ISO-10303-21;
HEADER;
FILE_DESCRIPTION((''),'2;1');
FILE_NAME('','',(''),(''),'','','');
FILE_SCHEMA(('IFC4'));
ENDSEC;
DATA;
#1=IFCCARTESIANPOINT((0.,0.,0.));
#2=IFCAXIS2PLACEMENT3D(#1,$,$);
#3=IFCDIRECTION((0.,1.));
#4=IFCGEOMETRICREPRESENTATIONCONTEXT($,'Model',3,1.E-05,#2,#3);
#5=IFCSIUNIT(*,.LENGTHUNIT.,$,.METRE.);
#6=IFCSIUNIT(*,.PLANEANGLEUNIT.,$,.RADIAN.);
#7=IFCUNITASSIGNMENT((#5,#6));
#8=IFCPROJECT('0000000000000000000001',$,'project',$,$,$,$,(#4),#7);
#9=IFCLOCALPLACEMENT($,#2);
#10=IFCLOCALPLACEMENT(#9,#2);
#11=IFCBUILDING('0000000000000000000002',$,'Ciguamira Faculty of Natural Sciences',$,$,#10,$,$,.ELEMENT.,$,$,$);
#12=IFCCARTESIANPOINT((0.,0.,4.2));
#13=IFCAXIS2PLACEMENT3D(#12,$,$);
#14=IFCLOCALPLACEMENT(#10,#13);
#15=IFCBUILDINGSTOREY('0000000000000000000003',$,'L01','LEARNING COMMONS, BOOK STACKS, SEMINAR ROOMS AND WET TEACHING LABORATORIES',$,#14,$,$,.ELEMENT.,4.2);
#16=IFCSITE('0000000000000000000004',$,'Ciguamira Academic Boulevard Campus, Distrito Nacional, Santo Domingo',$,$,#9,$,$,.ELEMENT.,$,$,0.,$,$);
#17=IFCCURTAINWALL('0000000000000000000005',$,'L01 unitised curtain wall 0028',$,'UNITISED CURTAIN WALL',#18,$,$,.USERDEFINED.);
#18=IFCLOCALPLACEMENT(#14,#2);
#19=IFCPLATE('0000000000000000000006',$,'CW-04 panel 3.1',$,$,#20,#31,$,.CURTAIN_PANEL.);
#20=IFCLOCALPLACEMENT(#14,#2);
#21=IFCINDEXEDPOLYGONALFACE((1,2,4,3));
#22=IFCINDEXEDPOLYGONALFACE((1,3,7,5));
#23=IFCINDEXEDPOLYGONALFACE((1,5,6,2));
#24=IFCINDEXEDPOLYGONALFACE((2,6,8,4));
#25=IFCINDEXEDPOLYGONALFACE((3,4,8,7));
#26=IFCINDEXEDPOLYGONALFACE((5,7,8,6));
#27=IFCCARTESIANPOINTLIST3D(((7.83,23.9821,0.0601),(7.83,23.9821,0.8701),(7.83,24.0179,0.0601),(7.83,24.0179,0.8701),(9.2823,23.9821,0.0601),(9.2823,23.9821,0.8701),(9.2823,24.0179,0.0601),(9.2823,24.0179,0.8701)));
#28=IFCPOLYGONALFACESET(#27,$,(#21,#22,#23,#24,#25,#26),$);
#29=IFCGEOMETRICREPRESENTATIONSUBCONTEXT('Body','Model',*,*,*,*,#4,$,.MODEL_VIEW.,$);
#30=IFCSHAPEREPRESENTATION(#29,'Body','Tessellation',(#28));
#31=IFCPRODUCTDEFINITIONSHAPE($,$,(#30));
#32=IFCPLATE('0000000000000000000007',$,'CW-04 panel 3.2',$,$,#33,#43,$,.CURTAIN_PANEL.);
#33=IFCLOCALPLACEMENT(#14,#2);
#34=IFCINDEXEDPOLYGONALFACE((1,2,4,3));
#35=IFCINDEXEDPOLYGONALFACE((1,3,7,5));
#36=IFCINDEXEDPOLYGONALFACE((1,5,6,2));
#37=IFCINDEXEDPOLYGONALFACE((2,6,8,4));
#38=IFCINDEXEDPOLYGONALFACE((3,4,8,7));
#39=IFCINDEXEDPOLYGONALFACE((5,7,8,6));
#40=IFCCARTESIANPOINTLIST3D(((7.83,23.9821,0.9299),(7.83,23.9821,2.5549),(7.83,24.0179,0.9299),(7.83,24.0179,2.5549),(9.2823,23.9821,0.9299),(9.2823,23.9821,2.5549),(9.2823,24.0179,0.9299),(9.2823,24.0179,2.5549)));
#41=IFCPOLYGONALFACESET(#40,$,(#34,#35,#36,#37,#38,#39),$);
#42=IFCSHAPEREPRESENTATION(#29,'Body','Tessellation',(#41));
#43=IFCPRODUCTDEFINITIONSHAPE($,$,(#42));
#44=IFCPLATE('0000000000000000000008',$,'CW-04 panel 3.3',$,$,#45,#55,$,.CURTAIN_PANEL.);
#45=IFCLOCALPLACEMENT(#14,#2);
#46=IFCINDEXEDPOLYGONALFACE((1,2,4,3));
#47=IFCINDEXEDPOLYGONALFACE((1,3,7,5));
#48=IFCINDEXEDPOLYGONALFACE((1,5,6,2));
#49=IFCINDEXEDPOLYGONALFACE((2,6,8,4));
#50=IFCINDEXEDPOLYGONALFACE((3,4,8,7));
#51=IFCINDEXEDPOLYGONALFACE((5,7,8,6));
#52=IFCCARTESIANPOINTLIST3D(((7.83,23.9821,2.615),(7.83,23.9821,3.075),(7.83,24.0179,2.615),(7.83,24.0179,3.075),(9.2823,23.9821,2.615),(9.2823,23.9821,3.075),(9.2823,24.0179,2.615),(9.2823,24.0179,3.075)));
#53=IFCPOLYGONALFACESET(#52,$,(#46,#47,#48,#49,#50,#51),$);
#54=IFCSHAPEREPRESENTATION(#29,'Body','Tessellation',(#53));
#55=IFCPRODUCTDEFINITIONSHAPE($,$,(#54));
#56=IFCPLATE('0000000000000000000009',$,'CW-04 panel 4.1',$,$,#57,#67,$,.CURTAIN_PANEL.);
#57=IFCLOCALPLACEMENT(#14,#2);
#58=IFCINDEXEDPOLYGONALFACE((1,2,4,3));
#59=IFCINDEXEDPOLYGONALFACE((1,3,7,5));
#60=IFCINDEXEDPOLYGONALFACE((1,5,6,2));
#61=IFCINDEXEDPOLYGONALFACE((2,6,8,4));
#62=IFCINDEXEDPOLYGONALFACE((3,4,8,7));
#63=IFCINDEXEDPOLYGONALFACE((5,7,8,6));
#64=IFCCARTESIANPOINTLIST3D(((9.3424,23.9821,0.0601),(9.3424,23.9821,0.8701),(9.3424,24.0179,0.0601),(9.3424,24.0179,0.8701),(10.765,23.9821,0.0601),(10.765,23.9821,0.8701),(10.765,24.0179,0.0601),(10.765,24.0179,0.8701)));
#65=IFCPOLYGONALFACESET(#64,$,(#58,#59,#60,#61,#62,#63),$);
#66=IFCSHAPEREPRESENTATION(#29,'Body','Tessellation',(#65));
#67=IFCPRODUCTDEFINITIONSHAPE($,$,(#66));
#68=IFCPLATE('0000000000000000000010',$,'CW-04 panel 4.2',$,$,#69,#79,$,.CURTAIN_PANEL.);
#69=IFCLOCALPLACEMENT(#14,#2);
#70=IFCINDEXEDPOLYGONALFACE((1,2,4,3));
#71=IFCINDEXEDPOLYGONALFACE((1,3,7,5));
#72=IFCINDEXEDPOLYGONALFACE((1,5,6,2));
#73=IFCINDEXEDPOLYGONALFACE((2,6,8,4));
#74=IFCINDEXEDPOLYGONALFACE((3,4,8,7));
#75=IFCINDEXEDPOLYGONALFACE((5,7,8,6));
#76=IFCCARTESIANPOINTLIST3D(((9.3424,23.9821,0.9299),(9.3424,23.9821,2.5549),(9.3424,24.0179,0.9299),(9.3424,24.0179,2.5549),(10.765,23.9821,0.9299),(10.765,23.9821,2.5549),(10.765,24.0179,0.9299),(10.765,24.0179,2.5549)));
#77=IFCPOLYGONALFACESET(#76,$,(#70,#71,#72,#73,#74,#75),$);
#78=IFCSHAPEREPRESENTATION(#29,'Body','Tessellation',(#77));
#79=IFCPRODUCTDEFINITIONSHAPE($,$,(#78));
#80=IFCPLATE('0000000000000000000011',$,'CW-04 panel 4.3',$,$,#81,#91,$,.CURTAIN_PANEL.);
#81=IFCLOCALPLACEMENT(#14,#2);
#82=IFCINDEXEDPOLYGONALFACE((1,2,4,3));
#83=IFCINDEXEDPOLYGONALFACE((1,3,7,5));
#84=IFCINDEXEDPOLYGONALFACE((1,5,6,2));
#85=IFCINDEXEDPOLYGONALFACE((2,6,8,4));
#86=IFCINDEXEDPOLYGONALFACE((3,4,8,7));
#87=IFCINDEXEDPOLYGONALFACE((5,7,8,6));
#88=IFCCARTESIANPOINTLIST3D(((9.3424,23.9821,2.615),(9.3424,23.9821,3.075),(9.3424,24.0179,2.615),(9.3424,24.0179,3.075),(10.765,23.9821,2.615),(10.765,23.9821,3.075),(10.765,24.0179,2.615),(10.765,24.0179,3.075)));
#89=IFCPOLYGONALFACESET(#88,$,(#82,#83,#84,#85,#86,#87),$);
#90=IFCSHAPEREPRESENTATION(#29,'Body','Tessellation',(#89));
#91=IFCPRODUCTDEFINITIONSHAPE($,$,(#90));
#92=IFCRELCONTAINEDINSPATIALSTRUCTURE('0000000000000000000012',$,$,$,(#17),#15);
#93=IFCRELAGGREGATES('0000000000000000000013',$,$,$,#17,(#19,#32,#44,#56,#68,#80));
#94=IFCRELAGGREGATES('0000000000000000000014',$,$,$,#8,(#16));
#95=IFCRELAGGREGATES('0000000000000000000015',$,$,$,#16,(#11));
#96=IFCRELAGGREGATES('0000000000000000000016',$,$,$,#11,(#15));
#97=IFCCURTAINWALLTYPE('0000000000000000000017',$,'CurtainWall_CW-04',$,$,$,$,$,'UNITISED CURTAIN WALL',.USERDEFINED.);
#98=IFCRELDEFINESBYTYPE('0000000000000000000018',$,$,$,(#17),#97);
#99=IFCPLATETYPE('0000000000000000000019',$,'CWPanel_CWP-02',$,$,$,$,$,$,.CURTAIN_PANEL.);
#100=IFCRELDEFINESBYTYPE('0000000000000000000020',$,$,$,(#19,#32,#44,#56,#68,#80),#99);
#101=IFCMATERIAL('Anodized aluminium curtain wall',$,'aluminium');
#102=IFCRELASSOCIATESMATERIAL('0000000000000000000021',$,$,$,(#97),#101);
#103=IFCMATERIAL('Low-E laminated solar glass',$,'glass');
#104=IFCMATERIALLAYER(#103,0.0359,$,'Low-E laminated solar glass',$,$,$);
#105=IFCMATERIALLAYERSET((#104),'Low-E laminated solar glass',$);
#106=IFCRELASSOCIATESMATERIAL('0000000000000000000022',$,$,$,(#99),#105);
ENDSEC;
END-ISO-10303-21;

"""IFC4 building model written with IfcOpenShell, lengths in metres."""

from ifc_helpers import new_model, si_unit, direction, frame, origin, origin_2d, place, context, subcontext, project, spatial, rectangle, extrude, material, layer, layer_set, type_object, element, aggregate, save


model = new_model("IFC4")

# Units and contexts
model_context = context("Model", 3, precision=1e-05, world=origin(), true_north=direction((0.0, 1.0)))
body_context = subcontext(model_context, "Body", "Model", "MODEL_VIEW")
ifc_project = project(units=[si_unit("LENGTHUNIT", "METRE"), si_unit("PLANEANGLEUNIT", "RADIAN")], contexts=[model_context])

# Site, building, storey
site_placement = place(None, origin())
site = spatial("IfcSite", under=ifc_project, at=site_placement, Name="Ciguamira Academic Boulevard Campus, Distrito Nacional, Santo Domingo", CompositionType="ELEMENT", RefElevation=0.0)
building_placement = place(site_placement, origin())
building = spatial("IfcBuilding", under=site, at=building_placement, Name="Ciguamira Faculty of Natural Sciences", CompositionType="ELEMENT")
storey_placement = place(building_placement, frame((0.0, 0.0, 4.2)))
storey = spatial("IfcBuildingStorey", under=building, at=storey_placement, Name="L01", Description="LEARNING COMMONS, BOOK STACKS, SEMINAR ROOMS AND WET TEACHING LABORATORIES", CompositionType="ELEMENT", Elevation=4.2)

# Curtain wall, plates
ifc_material_1 = material(Name="Anodized aluminium curtain wall", Category="aluminium")
curtain_wall_type = type_object("IfcCurtainWallType", Name="CurtainWall_CW-04", ElementType="UNITISED CURTAIN WALL", PredefinedType="USERDEFINED", material=ifc_material_1)
curtain_wall_placement = place(storey_placement, origin())
curtain_wall = element("IfcCurtainWall", 1, at=curtain_wall_placement, inside=storey, type_object=curtain_wall_type, Name="L01 unitised curtain wall 0028", ObjectType="UNITISED CURTAIN WALL", PredefinedType="USERDEFINED")
ifc_material_2 = material(Name="Low-E laminated solar glass", Category="glass")
ifc_layer = layer(ifc_material_2, 0.0359, Name="Low-E laminated solar glass")
ifc_layer_set = layer_set([ifc_layer], Name="Low-E laminated solar glass")
plate_type = type_object("IfcPlateType", Name="CWPanel_CWP-02", PredefinedType="CURTAIN_PANEL", material=ifc_layer_set)
plate_1_placement = place(storey_placement, frame((8.5562, 24.0, 0.0601), z_axis=(0.0, 0.0, 1.0), x_axis=(1.0, 0.0, 0.0)))
plate_1 = element("IfcPlate", 2, at=plate_1_placement, type_object=plate_type, Name="CW-04 panel 3.1", PredefinedType="CURTAIN_PANEL", context=body_context, shape_type="SweptSolid", body=[
    extrude(rectangle(XDim=1.4524, YDim=0.0359, at=origin_2d()), origin(), (0.0, 0.0, 1.0), 0.8101),
])
plate_2_placement = place(storey_placement, frame((8.5562, 24.0, 0.9299), z_axis=(0.0, 0.0, 1.0), x_axis=(1.0, 0.0, 0.0)))
plate_2 = element("IfcPlate", 3, at=plate_2_placement, type_object=plate_type, Name="CW-04 panel 3.2", PredefinedType="CURTAIN_PANEL", context=body_context, shape_type="SweptSolid", body=[
    extrude(rectangle(XDim=1.4524, YDim=0.0359, at=origin_2d()), origin(), (0.0, 0.0, 1.0), 1.625),
])
plate_3_placement = place(storey_placement, frame((8.5562, 24.0, 2.615), z_axis=(0.0, 0.0, 1.0), x_axis=(1.0, 0.0, 0.0)))
plate_3 = element("IfcPlate", 4, at=plate_3_placement, type_object=plate_type, Name="CW-04 panel 3.3", PredefinedType="CURTAIN_PANEL", context=body_context, shape_type="SweptSolid", body=[
    extrude(rectangle(XDim=1.4524, YDim=0.0359, at=origin_2d()), origin(), (0.0, 0.0, 1.0), 0.46),
])
plate_4_placement = place(storey_placement, frame((10.0537, 24.0, 0.0601), z_axis=(0.0, 0.0, 1.0), x_axis=(1.0, 0.0, 0.0)))
plate_4 = element("IfcPlate", 5, at=plate_4_placement, type_object=plate_type, Name="CW-04 panel 4.1", PredefinedType="CURTAIN_PANEL", context=body_context, shape_type="SweptSolid", body=[
    extrude(rectangle(XDim=1.4226, YDim=0.0359, at=origin_2d()), origin(), (0.0, 0.0, 1.0), 0.8101),
])
plate_5_placement = place(storey_placement, frame((10.0537, 24.0, 0.9299), z_axis=(0.0, 0.0, 1.0), x_axis=(1.0, 0.0, 0.0)))
plate_5 = element("IfcPlate", 6, at=plate_5_placement, type_object=plate_type, Name="CW-04 panel 4.2", PredefinedType="CURTAIN_PANEL", context=body_context, shape_type="SweptSolid", body=[
    extrude(rectangle(XDim=1.4226, YDim=0.0359, at=origin_2d()), origin(), (0.0, 0.0, 1.0), 1.625),
])
plate_6_placement = place(storey_placement, frame((10.0537, 24.0, 2.615), z_axis=(0.0, 0.0, 1.0), x_axis=(1.0, 0.0, 0.0)))
plate_6 = element("IfcPlate", 7, at=plate_6_placement, type_object=plate_type, Name="CW-04 panel 4.3", PredefinedType="CURTAIN_PANEL", context=body_context, shape_type="SweptSolid", body=[
    extrude(rectangle(XDim=1.4226, YDim=0.0359, at=origin_2d()), origin(), (0.0, 0.0, 1.0), 0.46),
])
aggregate(curtain_wall, [plate_1, plate_2, plate_3, plate_4, plate_5, plate_6])

save(model, "model.ifc")
